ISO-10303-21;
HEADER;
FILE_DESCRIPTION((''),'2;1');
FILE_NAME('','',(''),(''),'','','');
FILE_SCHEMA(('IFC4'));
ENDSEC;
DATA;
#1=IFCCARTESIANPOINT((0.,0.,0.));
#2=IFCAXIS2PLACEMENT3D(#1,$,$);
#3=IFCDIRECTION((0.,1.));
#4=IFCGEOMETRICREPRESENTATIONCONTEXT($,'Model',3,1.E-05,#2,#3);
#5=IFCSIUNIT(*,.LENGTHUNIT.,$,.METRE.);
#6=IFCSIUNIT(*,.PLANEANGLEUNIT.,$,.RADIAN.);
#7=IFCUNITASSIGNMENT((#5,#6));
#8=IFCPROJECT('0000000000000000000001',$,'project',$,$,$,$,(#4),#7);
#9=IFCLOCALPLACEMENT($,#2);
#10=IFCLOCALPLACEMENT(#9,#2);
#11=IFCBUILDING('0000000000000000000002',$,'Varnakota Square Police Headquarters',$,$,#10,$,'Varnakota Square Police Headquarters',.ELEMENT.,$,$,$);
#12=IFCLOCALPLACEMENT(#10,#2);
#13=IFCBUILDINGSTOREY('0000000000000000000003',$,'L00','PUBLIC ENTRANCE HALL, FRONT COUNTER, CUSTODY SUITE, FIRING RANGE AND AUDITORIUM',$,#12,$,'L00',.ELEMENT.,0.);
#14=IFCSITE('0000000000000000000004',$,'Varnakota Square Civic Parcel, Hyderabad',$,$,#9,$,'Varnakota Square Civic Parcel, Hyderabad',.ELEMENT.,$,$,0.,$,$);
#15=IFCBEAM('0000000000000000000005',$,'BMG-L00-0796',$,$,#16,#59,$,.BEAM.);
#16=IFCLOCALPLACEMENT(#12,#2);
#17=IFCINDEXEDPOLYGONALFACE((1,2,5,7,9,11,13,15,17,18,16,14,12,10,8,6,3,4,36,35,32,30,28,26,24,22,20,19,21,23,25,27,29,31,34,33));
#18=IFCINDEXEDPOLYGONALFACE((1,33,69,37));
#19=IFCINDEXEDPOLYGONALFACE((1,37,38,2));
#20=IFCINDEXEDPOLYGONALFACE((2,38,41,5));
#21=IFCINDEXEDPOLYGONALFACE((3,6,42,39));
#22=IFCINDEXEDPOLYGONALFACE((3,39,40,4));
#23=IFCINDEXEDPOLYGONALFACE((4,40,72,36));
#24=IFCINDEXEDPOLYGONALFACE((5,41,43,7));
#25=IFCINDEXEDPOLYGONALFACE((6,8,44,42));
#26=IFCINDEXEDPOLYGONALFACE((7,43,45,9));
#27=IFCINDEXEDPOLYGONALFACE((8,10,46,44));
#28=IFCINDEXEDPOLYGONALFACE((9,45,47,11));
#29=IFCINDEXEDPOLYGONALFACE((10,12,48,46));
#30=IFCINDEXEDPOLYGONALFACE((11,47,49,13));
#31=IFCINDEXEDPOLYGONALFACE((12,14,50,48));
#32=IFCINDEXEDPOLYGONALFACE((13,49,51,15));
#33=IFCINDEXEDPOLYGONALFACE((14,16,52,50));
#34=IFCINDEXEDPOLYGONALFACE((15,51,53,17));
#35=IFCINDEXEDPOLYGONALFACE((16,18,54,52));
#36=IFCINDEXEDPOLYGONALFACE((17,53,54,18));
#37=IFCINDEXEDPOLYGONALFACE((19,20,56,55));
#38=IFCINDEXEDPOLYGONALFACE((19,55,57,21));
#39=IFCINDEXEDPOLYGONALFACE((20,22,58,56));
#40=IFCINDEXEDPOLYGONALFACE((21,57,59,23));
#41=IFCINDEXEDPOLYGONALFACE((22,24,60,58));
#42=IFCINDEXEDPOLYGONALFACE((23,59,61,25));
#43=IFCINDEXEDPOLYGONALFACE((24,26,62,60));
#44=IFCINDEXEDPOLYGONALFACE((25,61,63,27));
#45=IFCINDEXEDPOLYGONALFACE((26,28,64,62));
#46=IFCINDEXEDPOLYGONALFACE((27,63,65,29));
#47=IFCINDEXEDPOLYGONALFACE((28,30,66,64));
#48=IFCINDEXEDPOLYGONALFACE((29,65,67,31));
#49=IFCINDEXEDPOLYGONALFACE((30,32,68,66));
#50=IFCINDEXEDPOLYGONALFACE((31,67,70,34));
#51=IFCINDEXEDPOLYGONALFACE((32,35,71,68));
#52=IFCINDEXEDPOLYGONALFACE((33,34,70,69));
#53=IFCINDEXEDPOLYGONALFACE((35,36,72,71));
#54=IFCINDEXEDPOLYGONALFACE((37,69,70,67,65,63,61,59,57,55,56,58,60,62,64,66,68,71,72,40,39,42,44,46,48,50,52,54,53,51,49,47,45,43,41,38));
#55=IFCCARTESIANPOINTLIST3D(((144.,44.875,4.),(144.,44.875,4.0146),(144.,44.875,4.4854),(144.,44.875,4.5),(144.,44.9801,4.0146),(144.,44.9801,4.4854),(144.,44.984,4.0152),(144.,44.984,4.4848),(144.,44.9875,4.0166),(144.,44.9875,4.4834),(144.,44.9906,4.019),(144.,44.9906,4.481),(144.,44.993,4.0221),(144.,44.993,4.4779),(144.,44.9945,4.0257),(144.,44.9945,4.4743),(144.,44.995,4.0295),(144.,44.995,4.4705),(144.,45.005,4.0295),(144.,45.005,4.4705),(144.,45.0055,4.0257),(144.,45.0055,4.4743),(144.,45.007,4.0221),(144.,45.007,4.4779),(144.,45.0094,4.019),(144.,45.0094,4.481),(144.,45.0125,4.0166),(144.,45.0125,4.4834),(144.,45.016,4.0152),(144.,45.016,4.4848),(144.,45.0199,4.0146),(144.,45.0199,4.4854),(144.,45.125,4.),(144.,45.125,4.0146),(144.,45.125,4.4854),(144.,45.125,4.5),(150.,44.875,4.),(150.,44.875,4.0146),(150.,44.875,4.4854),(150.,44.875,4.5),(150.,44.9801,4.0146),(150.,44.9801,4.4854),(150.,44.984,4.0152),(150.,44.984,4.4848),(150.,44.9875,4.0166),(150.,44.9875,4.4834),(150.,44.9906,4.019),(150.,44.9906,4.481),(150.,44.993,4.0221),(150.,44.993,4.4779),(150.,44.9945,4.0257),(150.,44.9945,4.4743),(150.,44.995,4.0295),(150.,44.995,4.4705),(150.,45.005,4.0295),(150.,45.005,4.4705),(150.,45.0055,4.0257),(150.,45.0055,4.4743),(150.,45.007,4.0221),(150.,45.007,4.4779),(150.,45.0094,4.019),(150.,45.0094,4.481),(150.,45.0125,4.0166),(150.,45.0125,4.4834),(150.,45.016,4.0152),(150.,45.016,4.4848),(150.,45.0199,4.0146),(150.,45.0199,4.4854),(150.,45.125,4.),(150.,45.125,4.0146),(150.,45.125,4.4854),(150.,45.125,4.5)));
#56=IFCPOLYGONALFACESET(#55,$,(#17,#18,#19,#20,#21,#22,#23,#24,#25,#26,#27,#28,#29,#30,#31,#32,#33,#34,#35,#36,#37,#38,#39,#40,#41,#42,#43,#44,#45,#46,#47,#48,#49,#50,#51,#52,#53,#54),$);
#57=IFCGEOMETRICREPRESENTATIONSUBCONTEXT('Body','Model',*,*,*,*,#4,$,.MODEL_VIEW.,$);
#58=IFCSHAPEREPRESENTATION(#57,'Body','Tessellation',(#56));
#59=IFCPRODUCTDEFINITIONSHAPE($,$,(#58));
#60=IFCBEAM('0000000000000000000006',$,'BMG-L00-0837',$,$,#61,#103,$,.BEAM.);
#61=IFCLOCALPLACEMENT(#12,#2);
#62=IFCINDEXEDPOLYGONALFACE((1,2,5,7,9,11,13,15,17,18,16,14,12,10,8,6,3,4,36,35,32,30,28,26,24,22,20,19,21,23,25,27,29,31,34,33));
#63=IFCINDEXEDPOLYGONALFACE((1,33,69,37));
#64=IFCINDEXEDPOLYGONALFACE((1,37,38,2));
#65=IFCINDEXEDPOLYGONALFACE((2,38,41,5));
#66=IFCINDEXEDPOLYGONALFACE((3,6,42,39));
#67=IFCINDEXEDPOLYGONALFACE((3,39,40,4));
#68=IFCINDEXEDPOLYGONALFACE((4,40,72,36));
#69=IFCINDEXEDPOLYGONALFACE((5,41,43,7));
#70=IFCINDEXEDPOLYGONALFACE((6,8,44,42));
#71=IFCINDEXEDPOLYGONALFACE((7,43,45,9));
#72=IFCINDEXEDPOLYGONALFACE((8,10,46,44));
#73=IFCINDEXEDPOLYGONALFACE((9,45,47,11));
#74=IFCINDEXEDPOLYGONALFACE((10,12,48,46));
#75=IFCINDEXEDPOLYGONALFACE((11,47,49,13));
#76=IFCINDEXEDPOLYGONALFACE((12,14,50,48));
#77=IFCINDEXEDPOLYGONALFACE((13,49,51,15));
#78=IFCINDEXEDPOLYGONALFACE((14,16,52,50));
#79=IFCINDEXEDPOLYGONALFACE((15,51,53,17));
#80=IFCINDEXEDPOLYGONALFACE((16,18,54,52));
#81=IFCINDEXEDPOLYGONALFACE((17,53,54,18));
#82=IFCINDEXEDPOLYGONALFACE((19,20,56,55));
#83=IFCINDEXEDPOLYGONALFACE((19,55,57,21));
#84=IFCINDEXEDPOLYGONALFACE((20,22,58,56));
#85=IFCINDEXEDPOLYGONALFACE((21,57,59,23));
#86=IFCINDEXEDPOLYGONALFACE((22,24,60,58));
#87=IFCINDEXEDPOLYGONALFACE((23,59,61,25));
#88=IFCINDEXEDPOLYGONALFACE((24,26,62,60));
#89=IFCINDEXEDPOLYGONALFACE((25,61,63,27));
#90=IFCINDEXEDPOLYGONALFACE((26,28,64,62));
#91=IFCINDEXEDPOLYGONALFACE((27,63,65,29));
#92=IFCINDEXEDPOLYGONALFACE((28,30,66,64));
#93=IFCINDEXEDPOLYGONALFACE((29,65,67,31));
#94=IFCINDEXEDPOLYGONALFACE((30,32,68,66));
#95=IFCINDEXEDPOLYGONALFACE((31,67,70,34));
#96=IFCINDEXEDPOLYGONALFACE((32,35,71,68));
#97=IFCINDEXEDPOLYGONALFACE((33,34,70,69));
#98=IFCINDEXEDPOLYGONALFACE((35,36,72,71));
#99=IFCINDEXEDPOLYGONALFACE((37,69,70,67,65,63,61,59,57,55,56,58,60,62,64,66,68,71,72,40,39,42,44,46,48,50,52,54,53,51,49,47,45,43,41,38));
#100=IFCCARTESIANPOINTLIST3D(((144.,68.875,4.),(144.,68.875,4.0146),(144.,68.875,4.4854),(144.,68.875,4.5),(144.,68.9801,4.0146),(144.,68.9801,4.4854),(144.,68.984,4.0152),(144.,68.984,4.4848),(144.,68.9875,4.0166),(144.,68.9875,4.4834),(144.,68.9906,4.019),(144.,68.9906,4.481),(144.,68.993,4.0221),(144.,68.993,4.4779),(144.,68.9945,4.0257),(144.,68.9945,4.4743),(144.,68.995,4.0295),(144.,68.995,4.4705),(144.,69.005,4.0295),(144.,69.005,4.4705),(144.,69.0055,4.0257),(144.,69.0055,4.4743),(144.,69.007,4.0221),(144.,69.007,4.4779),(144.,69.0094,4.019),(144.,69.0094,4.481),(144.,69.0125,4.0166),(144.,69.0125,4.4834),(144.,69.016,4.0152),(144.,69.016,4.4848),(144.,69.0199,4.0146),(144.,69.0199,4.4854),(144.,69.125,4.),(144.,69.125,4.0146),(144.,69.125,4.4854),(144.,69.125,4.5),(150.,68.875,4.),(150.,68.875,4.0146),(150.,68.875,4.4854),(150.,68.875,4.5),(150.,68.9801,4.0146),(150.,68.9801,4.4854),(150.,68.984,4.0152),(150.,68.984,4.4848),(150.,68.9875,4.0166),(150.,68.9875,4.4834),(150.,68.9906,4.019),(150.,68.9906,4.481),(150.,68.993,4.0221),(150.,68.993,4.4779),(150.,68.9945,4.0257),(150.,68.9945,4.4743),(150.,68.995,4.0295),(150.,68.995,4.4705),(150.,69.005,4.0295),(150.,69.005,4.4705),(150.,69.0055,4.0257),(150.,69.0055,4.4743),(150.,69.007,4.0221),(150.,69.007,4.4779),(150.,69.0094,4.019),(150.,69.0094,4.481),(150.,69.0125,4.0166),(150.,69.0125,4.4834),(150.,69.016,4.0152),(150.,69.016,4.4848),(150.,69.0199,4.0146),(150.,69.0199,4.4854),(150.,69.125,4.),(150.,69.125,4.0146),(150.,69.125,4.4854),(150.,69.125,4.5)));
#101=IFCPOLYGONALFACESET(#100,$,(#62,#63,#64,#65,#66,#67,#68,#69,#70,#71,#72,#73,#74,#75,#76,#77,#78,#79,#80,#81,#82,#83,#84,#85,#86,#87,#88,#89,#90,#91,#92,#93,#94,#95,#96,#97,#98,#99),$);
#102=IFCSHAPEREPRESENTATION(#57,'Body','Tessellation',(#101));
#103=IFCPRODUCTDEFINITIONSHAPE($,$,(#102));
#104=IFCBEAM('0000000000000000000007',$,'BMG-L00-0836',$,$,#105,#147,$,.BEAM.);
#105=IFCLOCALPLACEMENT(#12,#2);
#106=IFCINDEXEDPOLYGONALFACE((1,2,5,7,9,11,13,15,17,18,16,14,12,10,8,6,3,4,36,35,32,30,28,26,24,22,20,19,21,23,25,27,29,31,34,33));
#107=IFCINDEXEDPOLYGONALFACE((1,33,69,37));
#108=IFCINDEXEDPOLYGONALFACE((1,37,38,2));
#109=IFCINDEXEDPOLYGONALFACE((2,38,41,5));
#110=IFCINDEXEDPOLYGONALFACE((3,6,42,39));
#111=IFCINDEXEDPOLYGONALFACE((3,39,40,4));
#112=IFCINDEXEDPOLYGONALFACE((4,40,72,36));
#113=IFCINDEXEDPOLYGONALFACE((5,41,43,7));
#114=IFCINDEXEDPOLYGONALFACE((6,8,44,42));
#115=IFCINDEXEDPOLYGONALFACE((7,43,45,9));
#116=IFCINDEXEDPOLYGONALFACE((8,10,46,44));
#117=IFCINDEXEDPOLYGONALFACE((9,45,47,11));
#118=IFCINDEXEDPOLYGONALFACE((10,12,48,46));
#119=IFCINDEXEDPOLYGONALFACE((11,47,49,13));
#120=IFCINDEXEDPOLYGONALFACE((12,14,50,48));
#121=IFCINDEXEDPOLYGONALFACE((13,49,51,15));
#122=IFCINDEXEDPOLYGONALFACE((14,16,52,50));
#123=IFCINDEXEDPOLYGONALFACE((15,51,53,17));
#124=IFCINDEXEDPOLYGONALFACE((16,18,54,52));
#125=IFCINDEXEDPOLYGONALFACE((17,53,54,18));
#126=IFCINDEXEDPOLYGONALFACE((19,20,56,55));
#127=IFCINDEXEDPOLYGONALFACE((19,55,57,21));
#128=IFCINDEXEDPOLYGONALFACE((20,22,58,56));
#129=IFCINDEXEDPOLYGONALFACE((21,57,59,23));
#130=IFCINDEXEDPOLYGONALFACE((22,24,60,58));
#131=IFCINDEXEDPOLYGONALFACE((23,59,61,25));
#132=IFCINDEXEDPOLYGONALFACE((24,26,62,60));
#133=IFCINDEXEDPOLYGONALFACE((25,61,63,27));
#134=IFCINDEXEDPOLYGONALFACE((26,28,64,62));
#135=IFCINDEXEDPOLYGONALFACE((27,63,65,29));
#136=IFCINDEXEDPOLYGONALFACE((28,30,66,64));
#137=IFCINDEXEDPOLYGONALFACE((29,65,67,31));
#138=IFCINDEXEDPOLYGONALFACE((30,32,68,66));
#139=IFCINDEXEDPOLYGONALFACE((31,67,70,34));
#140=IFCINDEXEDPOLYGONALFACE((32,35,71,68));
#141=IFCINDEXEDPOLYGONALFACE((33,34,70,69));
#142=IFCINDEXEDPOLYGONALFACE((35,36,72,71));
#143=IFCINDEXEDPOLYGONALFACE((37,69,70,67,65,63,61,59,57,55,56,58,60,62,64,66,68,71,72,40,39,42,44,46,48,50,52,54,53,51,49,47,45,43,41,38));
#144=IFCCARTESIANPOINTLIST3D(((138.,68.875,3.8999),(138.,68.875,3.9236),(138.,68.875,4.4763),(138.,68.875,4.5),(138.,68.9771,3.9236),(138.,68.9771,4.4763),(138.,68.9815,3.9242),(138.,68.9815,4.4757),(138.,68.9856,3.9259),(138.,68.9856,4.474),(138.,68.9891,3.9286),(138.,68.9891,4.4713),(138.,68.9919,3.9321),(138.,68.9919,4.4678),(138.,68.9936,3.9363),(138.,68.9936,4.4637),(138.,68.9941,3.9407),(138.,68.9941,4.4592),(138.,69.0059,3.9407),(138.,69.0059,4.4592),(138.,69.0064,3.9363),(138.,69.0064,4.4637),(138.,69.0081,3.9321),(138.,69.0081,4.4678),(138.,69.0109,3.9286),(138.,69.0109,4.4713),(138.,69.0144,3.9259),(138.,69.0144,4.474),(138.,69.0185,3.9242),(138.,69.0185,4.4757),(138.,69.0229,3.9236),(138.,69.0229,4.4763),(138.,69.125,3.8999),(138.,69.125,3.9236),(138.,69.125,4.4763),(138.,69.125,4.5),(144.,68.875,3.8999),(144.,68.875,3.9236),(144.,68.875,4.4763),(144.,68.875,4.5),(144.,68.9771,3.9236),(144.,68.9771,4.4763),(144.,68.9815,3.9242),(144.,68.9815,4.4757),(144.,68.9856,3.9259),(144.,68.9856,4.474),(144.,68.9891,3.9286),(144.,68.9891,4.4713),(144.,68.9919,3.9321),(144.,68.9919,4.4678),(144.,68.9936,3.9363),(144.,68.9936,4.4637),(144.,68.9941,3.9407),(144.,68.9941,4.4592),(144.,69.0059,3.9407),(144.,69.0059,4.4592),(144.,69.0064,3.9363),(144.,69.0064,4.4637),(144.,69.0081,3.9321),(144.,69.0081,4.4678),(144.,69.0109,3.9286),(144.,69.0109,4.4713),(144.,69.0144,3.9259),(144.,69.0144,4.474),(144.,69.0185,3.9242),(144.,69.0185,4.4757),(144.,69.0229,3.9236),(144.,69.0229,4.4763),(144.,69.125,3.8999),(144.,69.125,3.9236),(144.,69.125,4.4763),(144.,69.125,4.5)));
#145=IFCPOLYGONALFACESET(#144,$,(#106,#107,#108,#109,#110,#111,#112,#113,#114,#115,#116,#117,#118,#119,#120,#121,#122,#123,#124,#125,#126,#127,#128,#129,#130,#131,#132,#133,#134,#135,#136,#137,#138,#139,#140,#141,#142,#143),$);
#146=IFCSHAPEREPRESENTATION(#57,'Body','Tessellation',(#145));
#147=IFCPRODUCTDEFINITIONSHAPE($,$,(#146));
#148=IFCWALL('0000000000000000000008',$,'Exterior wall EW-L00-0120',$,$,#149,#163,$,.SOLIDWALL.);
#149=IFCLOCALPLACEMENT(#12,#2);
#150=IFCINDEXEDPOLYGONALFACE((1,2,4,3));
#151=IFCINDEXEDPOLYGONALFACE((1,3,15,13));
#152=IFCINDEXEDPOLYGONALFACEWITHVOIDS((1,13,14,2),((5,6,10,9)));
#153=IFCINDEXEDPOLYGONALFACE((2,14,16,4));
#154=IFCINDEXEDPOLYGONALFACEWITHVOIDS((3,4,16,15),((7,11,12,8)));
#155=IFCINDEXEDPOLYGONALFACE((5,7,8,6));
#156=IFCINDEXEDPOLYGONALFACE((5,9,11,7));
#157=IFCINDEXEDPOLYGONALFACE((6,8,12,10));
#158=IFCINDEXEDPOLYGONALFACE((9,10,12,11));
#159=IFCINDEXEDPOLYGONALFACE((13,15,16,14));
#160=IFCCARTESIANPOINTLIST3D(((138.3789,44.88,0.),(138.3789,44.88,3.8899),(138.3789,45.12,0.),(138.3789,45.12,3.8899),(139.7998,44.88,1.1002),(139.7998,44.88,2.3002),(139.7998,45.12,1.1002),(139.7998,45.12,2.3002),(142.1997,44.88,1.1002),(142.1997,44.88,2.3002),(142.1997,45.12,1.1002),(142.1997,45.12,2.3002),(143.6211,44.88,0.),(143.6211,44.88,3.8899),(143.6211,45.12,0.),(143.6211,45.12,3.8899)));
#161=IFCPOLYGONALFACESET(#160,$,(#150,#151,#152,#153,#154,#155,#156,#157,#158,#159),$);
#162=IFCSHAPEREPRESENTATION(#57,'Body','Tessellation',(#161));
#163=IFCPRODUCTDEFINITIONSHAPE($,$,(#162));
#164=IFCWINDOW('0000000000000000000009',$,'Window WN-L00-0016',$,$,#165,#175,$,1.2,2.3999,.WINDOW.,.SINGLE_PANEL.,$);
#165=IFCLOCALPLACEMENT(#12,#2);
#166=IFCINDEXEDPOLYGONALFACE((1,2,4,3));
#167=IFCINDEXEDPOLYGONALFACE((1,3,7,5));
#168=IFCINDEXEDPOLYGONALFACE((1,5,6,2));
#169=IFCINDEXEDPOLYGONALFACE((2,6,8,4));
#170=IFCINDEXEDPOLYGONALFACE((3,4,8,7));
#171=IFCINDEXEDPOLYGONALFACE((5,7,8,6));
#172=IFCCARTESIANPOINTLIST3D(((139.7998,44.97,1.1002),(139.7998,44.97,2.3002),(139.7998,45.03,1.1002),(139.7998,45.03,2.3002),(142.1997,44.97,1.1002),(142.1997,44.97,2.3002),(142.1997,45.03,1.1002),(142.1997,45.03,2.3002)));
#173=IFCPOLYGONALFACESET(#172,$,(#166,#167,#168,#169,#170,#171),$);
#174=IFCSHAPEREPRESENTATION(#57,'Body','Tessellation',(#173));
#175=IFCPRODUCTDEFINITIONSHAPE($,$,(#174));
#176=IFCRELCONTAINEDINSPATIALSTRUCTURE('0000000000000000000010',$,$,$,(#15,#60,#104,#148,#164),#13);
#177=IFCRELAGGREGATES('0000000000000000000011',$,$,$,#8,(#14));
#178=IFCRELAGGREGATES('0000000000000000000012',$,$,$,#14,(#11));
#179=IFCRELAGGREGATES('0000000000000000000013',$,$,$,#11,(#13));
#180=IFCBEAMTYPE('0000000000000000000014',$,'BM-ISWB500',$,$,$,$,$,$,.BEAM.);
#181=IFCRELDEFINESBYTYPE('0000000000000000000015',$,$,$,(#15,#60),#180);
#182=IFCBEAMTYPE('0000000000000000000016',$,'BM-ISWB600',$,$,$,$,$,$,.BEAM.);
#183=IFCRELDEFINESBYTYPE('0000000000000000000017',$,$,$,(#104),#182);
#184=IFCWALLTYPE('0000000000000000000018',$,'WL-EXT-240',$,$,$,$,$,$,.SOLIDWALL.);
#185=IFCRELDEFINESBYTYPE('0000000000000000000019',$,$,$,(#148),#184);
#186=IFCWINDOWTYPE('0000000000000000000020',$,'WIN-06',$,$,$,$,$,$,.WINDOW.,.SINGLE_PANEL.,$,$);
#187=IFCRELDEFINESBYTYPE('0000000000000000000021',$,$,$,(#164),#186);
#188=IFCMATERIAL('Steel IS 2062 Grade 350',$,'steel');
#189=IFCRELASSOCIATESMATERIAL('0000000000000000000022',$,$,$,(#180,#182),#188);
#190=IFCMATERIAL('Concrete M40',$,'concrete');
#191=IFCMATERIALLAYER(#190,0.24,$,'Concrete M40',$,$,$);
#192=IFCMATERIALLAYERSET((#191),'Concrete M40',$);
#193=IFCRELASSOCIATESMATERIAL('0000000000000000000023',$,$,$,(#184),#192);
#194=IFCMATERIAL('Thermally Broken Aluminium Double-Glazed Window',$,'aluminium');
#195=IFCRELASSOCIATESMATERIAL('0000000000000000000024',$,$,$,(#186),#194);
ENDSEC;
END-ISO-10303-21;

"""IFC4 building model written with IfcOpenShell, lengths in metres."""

from ifc_helpers import new_model, si_unit, direction, frame, frame_2d, origin, origin_2d, place, context, subcontext, project, spatial, rectangle, i_section, extrude, material, layer, layer_set, material_profile, profile_set, type_object, element, fill, save


model = new_model("IFC4")

# Units and contexts
model_context = context("Model", 3, precision=1e-05, world=origin(), true_north=direction((0.0, 1.0)))
body_context = subcontext(model_context, "Body", "Model", "MODEL_VIEW")
ifc_project = project(units=[si_unit("LENGTHUNIT", "METRE"), si_unit("PLANEANGLEUNIT", "RADIAN")], contexts=[model_context])

# Site, building, storey
site_placement = place(None, origin())
site = spatial("IfcSite", under=ifc_project, at=site_placement, Name="Varnakota Square Civic Parcel, Hyderabad", LongName="Varnakota Square Civic Parcel, Hyderabad", CompositionType="ELEMENT", RefElevation=0.0)
building_placement = place(site_placement, origin())
building = spatial("IfcBuilding", under=site, at=building_placement, Name="Varnakota Square Police Headquarters", LongName="Varnakota Square Police Headquarters", CompositionType="ELEMENT")
storey_placement = place(building_placement, origin())
storey = spatial("IfcBuildingStorey", under=building, at=storey_placement, Name="L00", Description="PUBLIC ENTRANCE HALL, FRONT COUNTER, CUSTODY SUITE, FIRING RANGE AND AUDITORIUM", LongName="L00", CompositionType="ELEMENT", Elevation=0.0)

# Beams
ifc_material_1 = material(Name="Steel IS 2062 Grade 350", Category="steel")
ifc_material_profile_1 = material_profile(ifc_material_1, i_section(OverallWidth=0.25, OverallDepth=0.5, WebThickness=0.01, FlangeThickness=0.0146, FilletRadius=0.0149, at=origin_2d()), Name="ISWB 500")
ifc_profile_set_1 = profile_set([ifc_material_profile_1], Name="Steel IS 2062 Grade 350")
beam_type_1 = type_object("IfcBeamType", Name="BM-ISWB500", PredefinedType="BEAM", material=ifc_profile_set_1)
for number, where, z_axis, x_axis, name in (
    (1, (144.0, 45.0, 4.25), (1.0, 0.0, 0.0), (0.0, 1.0, 0.0), "BMG-L00-0796"),
    (2, (144.0, 69.0, 4.25), (1.0, 0.0, 0.0), (0.0, 1.0, 0.0), "BMG-L00-0837"),
):
    element("IfcBeam", number, at=place(storey_placement, frame(where, z_axis=z_axis, x_axis=x_axis)), inside=storey, type_object=beam_type_1, Name=name, PredefinedType="BEAM", context=body_context, shape_type="SweptSolid", body=[
        extrude(i_section(OverallWidth=0.25, OverallDepth=0.5, WebThickness=0.01, FlangeThickness=0.0146, FilletRadius=0.0149, at=origin_2d()), origin(), (0.0, 0.0, 1.0), 6.0),
    ])
ifc_material_profile_2 = material_profile(ifc_material_1, i_section(OverallWidth=0.25, OverallDepth=0.6001, WebThickness=0.0117, FlangeThickness=0.0237, FilletRadius=0.0171, at=origin_2d()), Name="ISWB 600")
ifc_profile_set_2 = profile_set([ifc_material_profile_2], Name="Steel IS 2062 Grade 350")
beam_type_2 = type_object("IfcBeamType", Name="BM-ISWB600", PredefinedType="BEAM", material=ifc_profile_set_2)
beam_1_placement = place(storey_placement, frame((138.0, 69.0, 4.2), z_axis=(1.0, 0.0, 0.0), x_axis=(0.0, 1.0, 0.0)))
element("IfcBeam", 3, at=beam_1_placement, inside=storey, type_object=beam_type_2, Name="BMG-L00-0836", PredefinedType="BEAM", context=body_context, shape_type="SweptSolid", body=[
    extrude(i_section(OverallWidth=0.25, OverallDepth=0.6001, WebThickness=0.0117, FlangeThickness=0.0237, FilletRadius=0.0171, at=origin_2d()), origin(), (0.0, 0.0, 1.0), 6.0),
])

# Wall, opening, window
ifc_material_2 = material(Name="Concrete M40", Category="concrete")
ifc_layer_1 = layer(ifc_material_2, 0.24, Name="Concrete M40")
ifc_layer_set_1 = layer_set([ifc_layer_1], Name="Concrete M40")
wall_type_1 = type_object("IfcWallType", Name="WL-EXT-240", PredefinedType="SOLIDWALL", material=ifc_layer_set_1)
wall_1_placement = place(storey_placement, frame((138.3789, 45.0, 0.0), z_axis=(0.0, 0.0, 1.0), x_axis=(1.0, 0.0, 0.0)))
wall_1 = element("IfcWall", 4, at=wall_1_placement, inside=storey, type_object=wall_type_1, Name="Exterior wall EW-L00-0120", PredefinedType="SOLIDWALL", context=body_context, shape_type="SweptSolid", body=[
    extrude(rectangle(XDim=5.2422, YDim=0.24, at=frame_2d((2.6211, 0.0))), origin(), (0.0, 0.0, 1.0), 3.8899),
])
opening_1_placement = place(wall_1_placement, frame((1.4209, 0.0, 1.1001)))
opening_1 = element("IfcOpeningElement", 5, at=opening_1_placement, cuts=wall_1, PredefinedType="OPENING", context=body_context, shape_type="SweptSolid", body=[
    extrude(rectangle(XDim=2.3999, YDim=1.2, at=frame_2d((1.2, 0.6001))), frame((0.0, 0.1299, 0.0), z_axis=(0.0, -1.0, 0.0), x_axis=(1.0, 0.0, 0.0)), (0.0, 0.0, 1.0), 0.26),
])
ifc_material_3 = material(Name="Thermally Broken Aluminium Double-Glazed Window", Category="aluminium")
window_type_1 = type_object("IfcWindowType", Name="WIN-06", PartitioningType="SINGLE_PANEL", PredefinedType="WINDOW", material=ifc_material_3)
window_1_placement = place(opening_1_placement, origin())
window_1 = element("IfcWindow", 6, at=window_1_placement, inside=storey, type_object=window_type_1, Name="Window WN-L00-0016", OverallHeight=1.2, OverallWidth=2.3999, PartitioningType="SINGLE_PANEL", PredefinedType="WINDOW", context=body_context, shape_type="SweptSolid", body=[
    extrude(rectangle(XDim=2.3999, YDim=1.2, at=frame_2d((1.2, 0.6001))), frame((0.0, 0.03, 0.0), z_axis=(0.0, -1.0, 0.0), x_axis=(1.0, 0.0, 0.0)), (0.0, 0.0, 1.0), 0.0601),
])
fill(opening_1, window_1)

save(model, "model.ifc")
